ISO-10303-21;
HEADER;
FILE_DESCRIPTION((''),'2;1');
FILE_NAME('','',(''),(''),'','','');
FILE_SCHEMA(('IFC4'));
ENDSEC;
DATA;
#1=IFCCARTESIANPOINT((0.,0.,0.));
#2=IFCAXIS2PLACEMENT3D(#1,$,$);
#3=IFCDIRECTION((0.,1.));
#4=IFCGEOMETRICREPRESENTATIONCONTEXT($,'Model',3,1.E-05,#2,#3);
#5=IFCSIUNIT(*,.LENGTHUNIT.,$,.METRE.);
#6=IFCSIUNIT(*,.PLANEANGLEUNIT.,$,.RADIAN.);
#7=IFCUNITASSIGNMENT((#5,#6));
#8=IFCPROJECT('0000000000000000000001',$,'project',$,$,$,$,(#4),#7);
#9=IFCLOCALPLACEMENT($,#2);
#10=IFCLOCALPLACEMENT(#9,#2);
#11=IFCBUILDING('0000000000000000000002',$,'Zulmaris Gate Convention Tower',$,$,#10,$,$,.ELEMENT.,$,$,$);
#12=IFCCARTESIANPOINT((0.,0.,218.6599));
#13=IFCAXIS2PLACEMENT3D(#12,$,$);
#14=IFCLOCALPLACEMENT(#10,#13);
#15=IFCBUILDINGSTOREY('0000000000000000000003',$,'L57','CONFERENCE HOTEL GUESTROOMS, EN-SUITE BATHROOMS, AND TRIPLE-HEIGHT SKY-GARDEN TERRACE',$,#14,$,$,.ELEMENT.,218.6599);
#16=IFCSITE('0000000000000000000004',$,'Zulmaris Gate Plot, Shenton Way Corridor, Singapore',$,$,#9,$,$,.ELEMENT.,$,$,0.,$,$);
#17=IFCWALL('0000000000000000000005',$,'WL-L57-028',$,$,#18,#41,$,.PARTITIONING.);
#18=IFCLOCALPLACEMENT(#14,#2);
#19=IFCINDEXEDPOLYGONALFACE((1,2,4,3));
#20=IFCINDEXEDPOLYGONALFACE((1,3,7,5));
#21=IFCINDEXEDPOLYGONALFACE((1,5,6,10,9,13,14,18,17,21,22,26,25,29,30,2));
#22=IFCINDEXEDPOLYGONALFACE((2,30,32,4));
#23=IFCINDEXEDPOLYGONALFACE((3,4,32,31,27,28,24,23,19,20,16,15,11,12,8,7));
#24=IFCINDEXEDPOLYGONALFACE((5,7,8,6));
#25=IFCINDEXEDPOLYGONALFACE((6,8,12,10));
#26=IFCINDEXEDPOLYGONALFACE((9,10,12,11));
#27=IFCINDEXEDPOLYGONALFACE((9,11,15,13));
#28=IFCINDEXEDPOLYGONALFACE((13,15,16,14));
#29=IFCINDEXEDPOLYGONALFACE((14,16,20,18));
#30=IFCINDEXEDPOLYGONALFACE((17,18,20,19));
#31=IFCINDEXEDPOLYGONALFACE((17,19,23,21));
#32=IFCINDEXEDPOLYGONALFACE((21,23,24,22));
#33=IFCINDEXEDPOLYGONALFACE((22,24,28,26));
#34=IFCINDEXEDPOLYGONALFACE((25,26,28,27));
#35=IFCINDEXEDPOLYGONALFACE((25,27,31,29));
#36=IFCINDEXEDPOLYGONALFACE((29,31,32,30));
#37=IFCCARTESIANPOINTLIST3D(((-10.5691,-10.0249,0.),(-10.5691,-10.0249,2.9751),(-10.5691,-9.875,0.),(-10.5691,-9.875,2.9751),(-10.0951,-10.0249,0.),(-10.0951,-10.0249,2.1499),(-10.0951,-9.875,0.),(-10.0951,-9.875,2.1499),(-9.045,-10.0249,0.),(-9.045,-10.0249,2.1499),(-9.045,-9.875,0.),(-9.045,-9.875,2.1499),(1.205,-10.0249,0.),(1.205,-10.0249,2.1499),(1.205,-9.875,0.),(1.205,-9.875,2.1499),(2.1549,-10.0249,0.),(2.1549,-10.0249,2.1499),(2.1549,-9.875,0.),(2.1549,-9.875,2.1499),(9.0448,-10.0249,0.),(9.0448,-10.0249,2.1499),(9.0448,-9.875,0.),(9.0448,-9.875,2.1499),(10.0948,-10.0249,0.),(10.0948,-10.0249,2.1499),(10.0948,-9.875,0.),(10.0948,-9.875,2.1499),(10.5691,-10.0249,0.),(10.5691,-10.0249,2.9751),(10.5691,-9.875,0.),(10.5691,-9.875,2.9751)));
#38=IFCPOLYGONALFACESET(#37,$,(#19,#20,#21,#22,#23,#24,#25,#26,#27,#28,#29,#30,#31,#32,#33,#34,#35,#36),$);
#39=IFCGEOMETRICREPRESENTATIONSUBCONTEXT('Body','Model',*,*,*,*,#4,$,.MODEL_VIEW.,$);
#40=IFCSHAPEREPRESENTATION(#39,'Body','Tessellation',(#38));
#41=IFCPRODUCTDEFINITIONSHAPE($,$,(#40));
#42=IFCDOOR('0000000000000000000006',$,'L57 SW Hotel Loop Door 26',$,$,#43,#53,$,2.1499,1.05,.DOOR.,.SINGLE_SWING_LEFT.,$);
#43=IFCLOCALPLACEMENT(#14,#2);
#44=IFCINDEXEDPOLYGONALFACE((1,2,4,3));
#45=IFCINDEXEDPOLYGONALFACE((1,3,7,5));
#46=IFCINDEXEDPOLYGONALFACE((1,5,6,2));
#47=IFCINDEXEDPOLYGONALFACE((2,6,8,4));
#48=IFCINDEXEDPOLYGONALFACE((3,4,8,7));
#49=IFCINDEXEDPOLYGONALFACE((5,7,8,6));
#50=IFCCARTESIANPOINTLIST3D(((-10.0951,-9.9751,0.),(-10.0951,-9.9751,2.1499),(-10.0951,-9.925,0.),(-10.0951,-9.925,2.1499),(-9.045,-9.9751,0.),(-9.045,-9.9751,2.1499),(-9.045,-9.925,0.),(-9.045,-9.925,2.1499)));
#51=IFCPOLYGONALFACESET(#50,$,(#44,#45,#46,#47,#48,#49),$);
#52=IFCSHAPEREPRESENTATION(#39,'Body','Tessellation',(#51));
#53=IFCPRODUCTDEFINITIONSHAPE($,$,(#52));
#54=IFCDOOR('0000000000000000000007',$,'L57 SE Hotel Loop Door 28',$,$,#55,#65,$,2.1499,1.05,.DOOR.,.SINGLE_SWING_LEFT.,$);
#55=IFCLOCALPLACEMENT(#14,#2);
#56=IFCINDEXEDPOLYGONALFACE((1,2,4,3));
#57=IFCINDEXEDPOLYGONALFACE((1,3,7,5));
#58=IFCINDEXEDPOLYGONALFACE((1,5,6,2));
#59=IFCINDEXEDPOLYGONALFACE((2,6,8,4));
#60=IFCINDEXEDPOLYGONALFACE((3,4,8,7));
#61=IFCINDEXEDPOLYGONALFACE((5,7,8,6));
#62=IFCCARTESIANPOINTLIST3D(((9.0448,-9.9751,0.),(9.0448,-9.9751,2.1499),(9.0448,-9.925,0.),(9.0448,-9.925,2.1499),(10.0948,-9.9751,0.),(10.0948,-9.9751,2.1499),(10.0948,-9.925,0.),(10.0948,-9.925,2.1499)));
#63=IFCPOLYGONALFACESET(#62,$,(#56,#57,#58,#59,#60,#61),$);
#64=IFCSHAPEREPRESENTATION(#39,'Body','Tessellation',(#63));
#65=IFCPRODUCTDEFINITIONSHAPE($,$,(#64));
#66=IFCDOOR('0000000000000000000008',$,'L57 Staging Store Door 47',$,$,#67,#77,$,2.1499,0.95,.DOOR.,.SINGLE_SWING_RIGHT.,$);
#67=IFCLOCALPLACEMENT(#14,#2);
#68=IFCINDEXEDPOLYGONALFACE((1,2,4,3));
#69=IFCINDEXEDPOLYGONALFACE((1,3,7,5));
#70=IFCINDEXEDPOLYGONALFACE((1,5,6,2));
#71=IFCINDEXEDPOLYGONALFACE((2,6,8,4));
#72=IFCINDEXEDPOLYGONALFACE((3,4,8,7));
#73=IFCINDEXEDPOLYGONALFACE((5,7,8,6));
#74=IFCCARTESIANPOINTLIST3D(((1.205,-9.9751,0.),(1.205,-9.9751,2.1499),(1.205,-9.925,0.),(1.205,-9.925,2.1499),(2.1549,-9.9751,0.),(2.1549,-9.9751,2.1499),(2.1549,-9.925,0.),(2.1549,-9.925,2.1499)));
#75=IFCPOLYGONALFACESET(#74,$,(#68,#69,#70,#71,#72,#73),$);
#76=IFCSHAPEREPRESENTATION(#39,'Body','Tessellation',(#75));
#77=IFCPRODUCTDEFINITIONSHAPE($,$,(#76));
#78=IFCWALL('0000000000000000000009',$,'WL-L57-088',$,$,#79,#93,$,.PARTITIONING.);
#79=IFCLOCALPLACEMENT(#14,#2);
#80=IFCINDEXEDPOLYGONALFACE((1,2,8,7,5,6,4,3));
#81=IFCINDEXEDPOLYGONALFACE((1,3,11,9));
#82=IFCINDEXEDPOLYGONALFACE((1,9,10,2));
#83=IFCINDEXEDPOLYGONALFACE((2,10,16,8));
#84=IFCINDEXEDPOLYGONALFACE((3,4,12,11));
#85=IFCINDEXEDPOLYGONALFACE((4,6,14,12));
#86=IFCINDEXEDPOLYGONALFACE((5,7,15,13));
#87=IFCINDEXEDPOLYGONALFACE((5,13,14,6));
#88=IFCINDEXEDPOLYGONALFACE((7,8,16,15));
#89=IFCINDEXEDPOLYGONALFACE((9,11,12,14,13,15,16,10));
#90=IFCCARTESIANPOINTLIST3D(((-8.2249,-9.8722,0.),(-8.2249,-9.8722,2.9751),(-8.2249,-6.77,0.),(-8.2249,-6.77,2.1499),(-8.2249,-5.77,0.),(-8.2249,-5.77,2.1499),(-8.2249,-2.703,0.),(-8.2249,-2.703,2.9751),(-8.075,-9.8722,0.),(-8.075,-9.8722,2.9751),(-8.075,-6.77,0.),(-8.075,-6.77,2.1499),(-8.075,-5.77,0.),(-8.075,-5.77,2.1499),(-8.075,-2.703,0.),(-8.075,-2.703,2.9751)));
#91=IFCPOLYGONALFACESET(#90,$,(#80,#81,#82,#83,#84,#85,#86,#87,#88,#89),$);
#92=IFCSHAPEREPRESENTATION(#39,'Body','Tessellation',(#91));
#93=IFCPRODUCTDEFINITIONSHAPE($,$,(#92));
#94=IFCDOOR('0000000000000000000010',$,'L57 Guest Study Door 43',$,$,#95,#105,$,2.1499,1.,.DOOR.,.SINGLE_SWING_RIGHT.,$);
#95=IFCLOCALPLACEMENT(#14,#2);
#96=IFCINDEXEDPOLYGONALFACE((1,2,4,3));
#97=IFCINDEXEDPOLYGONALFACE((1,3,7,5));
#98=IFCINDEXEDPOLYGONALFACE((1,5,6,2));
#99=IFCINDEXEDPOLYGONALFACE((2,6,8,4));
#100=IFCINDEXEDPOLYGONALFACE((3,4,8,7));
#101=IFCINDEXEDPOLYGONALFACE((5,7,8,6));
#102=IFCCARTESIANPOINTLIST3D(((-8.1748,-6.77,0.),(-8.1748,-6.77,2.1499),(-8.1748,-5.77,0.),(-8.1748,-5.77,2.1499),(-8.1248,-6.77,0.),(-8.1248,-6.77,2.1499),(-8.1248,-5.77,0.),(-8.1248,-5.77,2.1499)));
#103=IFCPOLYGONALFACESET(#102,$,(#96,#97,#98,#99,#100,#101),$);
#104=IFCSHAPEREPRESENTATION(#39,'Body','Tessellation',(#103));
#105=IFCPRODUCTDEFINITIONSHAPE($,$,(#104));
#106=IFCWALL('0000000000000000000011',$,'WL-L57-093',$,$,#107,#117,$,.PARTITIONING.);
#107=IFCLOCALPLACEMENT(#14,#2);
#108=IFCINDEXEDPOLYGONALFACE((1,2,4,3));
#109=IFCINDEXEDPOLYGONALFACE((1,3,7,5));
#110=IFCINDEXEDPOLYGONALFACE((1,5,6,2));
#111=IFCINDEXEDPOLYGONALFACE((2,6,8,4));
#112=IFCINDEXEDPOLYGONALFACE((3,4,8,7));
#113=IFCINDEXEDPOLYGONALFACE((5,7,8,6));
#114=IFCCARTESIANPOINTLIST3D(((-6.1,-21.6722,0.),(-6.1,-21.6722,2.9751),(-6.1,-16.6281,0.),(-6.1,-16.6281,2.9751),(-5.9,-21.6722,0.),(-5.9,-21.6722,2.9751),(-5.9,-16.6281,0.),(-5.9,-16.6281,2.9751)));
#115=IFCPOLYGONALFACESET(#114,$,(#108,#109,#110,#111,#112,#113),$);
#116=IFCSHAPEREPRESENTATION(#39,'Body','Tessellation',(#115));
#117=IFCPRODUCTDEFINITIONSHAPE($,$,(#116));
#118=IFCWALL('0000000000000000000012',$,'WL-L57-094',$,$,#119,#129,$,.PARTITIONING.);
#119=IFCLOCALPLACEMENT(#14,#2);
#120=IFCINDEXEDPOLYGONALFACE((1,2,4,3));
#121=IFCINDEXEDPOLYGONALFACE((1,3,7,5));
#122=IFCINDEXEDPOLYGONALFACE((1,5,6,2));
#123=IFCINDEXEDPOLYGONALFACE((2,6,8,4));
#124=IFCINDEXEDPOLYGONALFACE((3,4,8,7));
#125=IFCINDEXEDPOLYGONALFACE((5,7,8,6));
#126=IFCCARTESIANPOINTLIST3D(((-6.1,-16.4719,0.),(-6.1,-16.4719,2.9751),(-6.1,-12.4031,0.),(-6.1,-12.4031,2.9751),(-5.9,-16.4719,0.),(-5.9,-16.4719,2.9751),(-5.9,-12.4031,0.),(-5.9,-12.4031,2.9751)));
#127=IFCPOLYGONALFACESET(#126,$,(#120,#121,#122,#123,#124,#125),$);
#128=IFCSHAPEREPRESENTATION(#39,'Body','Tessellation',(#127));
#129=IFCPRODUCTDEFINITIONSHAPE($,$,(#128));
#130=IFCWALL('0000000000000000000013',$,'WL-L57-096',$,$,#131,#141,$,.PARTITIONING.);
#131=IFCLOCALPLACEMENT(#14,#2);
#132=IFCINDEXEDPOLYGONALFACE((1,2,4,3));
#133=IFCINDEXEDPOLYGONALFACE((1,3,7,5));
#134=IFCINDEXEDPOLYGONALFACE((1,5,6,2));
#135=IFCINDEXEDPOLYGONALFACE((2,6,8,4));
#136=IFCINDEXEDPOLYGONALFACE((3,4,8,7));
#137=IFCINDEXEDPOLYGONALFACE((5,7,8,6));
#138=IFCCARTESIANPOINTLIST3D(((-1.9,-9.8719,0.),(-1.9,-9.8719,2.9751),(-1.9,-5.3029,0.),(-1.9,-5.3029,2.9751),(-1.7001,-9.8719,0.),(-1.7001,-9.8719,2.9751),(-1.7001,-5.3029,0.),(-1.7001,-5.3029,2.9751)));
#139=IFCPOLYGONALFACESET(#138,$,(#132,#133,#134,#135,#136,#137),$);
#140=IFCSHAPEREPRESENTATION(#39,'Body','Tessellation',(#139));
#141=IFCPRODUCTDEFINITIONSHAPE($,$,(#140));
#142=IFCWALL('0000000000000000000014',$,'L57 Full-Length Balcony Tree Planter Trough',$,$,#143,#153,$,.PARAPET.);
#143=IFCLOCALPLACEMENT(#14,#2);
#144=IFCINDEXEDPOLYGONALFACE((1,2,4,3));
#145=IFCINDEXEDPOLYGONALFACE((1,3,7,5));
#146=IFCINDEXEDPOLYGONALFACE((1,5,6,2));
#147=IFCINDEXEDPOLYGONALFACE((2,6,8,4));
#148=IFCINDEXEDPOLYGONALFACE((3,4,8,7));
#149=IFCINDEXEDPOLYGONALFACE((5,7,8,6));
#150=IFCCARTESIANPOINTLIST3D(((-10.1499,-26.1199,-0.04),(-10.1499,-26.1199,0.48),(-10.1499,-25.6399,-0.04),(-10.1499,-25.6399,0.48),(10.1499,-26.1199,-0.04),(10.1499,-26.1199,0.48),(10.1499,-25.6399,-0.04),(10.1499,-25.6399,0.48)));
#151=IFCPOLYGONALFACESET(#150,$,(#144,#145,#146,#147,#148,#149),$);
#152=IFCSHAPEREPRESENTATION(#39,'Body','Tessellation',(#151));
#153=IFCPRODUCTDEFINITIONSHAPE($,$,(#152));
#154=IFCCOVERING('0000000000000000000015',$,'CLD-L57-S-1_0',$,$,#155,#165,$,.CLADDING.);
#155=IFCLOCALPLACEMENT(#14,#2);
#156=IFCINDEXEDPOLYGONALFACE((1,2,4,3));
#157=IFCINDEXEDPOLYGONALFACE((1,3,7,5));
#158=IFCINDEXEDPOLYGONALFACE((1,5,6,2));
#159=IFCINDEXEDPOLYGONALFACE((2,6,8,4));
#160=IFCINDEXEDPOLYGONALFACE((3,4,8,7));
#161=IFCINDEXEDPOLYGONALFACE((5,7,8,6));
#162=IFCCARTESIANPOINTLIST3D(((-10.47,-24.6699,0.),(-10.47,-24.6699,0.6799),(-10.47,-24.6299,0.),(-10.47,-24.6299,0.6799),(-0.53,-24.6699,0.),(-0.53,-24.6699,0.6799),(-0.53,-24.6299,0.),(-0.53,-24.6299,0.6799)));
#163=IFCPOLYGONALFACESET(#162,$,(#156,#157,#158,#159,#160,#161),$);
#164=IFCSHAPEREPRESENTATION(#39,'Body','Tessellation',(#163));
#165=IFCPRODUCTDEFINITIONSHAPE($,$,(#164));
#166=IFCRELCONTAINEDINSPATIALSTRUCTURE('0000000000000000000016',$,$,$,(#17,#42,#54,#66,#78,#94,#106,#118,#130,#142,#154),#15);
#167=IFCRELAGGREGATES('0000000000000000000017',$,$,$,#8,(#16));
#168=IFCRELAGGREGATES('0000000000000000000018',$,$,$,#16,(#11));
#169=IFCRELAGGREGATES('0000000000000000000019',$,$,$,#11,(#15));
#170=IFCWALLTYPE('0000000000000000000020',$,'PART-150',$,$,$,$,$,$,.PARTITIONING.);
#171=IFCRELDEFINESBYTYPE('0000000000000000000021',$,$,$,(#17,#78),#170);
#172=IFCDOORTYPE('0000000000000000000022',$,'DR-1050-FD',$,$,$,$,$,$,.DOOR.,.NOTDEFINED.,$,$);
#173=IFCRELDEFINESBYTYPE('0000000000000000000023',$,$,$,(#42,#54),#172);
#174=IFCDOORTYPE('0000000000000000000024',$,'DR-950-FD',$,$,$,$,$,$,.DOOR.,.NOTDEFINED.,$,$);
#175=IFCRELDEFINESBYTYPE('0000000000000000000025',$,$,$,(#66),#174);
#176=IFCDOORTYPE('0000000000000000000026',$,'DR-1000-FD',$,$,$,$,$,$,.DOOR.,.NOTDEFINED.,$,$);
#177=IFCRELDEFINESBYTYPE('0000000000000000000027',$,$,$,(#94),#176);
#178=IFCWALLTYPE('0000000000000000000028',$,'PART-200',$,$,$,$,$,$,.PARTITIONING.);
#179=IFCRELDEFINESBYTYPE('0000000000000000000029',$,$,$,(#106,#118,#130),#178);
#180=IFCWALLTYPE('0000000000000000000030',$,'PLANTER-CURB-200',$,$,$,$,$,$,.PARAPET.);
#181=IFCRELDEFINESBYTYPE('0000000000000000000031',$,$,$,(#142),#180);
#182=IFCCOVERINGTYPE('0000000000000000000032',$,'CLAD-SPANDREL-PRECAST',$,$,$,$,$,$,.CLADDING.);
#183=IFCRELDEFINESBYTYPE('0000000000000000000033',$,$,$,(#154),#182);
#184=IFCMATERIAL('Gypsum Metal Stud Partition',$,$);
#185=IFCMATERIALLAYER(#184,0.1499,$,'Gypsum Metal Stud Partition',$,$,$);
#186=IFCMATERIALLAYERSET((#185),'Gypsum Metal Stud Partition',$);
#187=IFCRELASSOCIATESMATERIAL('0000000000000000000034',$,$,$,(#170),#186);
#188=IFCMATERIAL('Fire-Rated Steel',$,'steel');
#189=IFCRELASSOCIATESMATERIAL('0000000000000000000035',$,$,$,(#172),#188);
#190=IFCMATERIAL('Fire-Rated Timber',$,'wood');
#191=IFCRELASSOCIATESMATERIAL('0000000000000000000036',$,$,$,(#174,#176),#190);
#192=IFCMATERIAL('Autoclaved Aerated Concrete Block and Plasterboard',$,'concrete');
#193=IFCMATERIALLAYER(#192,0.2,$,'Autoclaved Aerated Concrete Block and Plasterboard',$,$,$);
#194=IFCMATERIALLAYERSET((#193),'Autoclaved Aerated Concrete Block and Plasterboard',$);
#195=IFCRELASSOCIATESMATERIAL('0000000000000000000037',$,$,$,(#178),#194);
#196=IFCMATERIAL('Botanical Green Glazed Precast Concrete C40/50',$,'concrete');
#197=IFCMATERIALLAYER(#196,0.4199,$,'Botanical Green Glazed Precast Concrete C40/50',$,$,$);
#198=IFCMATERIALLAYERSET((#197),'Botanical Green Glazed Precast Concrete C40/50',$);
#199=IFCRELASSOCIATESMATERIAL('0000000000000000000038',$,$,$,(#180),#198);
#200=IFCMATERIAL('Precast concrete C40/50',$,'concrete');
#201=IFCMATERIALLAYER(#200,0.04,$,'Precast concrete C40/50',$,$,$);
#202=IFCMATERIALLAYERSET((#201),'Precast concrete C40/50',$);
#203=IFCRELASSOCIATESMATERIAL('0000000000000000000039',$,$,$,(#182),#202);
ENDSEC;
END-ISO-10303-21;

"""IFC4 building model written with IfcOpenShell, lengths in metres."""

from ifc_helpers import new_model, si_unit, direction, frame, frame_2d, origin, place, context, subcontext, project, spatial, rectangle, extrude, material, layer, layer_set, type_object, element, fill, save


model = new_model("IFC4")

# Units and contexts
model_context = context("Model", 3, precision=1e-05, world=origin(), true_north=direction((0.0, 1.0)))
body_context = subcontext(model_context, "Body", "Model", "MODEL_VIEW")
ifc_project = project(units=[si_unit("LENGTHUNIT", "METRE"), si_unit("PLANEANGLEUNIT", "RADIAN")], contexts=[model_context])

# Site, building, storey
site_placement = place(None, origin())
site = spatial("IfcSite", under=ifc_project, at=site_placement, Name="Zulmaris Gate Plot, Shenton Way Corridor, Singapore", CompositionType="ELEMENT", RefElevation=0.0)
building_placement = place(site_placement, origin())
building = spatial("IfcBuilding", under=site, at=building_placement, Name="Zulmaris Gate Convention Tower", CompositionType="ELEMENT")
storey_placement = place(building_placement, frame((0.0, 0.0, 218.6599)))
storey = spatial("IfcBuildingStorey", under=building, at=storey_placement, Name="L57", Description="CONFERENCE HOTEL GUESTROOMS, EN-SUITE BATHROOMS, AND TRIPLE-HEIGHT SKY-GARDEN TERRACE", CompositionType="ELEMENT", Elevation=218.6599)

# Shared definitions
ifc_material_1 = material(Name="Gypsum Metal Stud Partition")
ifc_layer_1 = layer(ifc_material_1, 0.1499, Name="Gypsum Metal Stud Partition")
ifc_layer_set_1 = layer_set([ifc_layer_1], Name="Gypsum Metal Stud Partition")
wall_type_1 = type_object("IfcWallType", Name="PART-150", PredefinedType="PARTITIONING", material=ifc_layer_set_1)

# Shared definitions
ifc_material_2 = material(Name="Fire-Rated Steel", Category="steel")

# Wall, openings, doors
wall_1_placement = place(storey_placement, frame((-10.5691, -9.95, 0.0), z_axis=(0.0, 0.0, 1.0), x_axis=(1.0, 0.0, 0.0)))
wall_1 = element("IfcWall", 1, at=wall_1_placement, inside=storey, type_object=wall_type_1, Name="WL-L57-028", PredefinedType="PARTITIONING", context=body_context, shape_type="SweptSolid", body=[
    extrude(rectangle(XDim=21.1382, YDim=0.1499, at=frame_2d((10.5691, 0.0))), origin(), (0.0, 0.0, 1.0), 2.9751),
])
opening_1_placement = place(wall_1_placement, frame((0.4741, 0.0, 0.0)))
opening_1 = element("IfcOpeningElement", 2, at=opening_1_placement, cuts=wall_1, PredefinedType="OPENING", context=body_context, shape_type="SweptSolid", body=[
    extrude(rectangle(XDim=1.05, YDim=2.1499, at=frame_2d((0.5249, 1.075))), frame((0.0, 0.085, 0.0), z_axis=(0.0, -1.0, 0.0), x_axis=(1.0, 0.0, 0.0)), (0.0, 0.0, 1.0), 0.1699),
])
opening_2_placement = place(wall_1_placement, frame((19.614, 0.0, 0.0)))
opening_2 = element("IfcOpeningElement", 3, at=opening_2_placement, cuts=wall_1, PredefinedType="OPENING", context=body_context, shape_type="SweptSolid", body=[
    extrude(rectangle(XDim=1.05, YDim=2.1499, at=frame_2d((0.5249, 1.075))), frame((0.0, 0.085, 0.0), z_axis=(0.0, -1.0, 0.0), x_axis=(1.0, 0.0, 0.0)), (0.0, 0.0, 1.0), 0.1699),
])
opening_3_placement = place(wall_1_placement, frame((11.7739, 0.0, 0.0)))
opening_3 = element("IfcOpeningElement", 4, at=opening_3_placement, cuts=wall_1, PredefinedType="OPENING", context=body_context, shape_type="SweptSolid", body=[
    extrude(rectangle(XDim=0.95, YDim=2.1499, at=frame_2d((0.4751, 1.075))), frame((0.0, 0.085, 0.0), z_axis=(0.0, -1.0, 0.0), x_axis=(1.0, 0.0, 0.0)), (0.0, 0.0, 1.0), 0.1699),
])
door_type_1 = type_object("IfcDoorType", Name="DR-1050-FD", OperationType="NOTDEFINED", PredefinedType="DOOR", material=ifc_material_2)
door_1_placement = place(opening_1_placement, origin())
door_1 = element("IfcDoor", 5, at=door_1_placement, inside=storey, type_object=door_type_1, Name="L57 SW Hotel Loop Door 26", OperationType="SINGLE_SWING_LEFT", OverallHeight=2.1499, OverallWidth=1.05, PredefinedType="DOOR", context=body_context, shape_type="SweptSolid", body=[
    extrude(rectangle(XDim=1.05, YDim=2.1499, at=frame_2d((0.5249, 1.075))), frame((0.0, 0.0249, 0.0), z_axis=(0.0, -1.0, 0.0), x_axis=(1.0, 0.0, 0.0)), (0.0, 0.0, 1.0), 0.05),
])
fill(opening_1, door_1)
door_2_placement = place(opening_2_placement, origin())
door_2 = element("IfcDoor", 6, at=door_2_placement, inside=storey, type_object=door_type_1, Name="L57 SE Hotel Loop Door 28", OperationType="SINGLE_SWING_LEFT", OverallHeight=2.1499, OverallWidth=1.05, PredefinedType="DOOR", context=body_context, shape_type="SweptSolid", body=[
    extrude(rectangle(XDim=1.05, YDim=2.1499, at=frame_2d((0.5249, 1.075))), frame((0.0, 0.0249, 0.0), z_axis=(0.0, -1.0, 0.0), x_axis=(1.0, 0.0, 0.0)), (0.0, 0.0, 1.0), 0.05),
])
fill(opening_2, door_2)
ifc_material_3 = material(Name="Fire-Rated Timber", Category="wood")
door_type_2 = type_object("IfcDoorType", Name="DR-950-FD", OperationType="NOTDEFINED", PredefinedType="DOOR", material=ifc_material_3)
door_3_placement = place(opening_3_placement, origin())
door_3 = element("IfcDoor", 7, at=door_3_placement, inside=storey, type_object=door_type_2, Name="L57 Staging Store Door 47", OperationType="SINGLE_SWING_RIGHT", OverallHeight=2.1499, OverallWidth=0.95, PredefinedType="DOOR", context=body_context, shape_type="SweptSolid", body=[
    extrude(rectangle(XDim=0.95, YDim=2.1499, at=frame_2d((0.4751, 1.075))), frame((0.0, 0.0249, 0.0), z_axis=(0.0, -1.0, 0.0), x_axis=(1.0, 0.0, 0.0)), (0.0, 0.0, 1.0), 0.05),
])
fill(opening_3, door_3)

# Wall, opening, door
wall_2_placement = place(storey_placement, frame((-8.1499, -9.8721, 0.0), z_axis=(0.0, 0.0, 1.0), x_axis=(0.0, 1.0, 0.0)))
wall_2 = element("IfcWall", 8, at=wall_2_placement, inside=storey, type_object=wall_type_1, Name="WL-L57-088", PredefinedType="PARTITIONING", context=body_context, shape_type="SweptSolid", body=[
    extrude(rectangle(XDim=7.1692, YDim=0.1499, at=frame_2d((3.5845, 0.0))), origin(), (0.0, 0.0, 1.0), 2.9751),
])
opening_4_placement = place(wall_2_placement, frame((3.1021, 0.0, 0.0)))
opening_4 = element("IfcOpeningElement", 9, at=opening_4_placement, cuts=wall_2, PredefinedType="OPENING", context=body_context, shape_type="SweptSolid", body=[
    extrude(rectangle(XDim=1.0, YDim=2.1499, at=frame_2d((0.5, 1.075))), frame((0.0, 0.085, 0.0), z_axis=(0.0, -1.0, 0.0), x_axis=(1.0, 0.0, 0.0)), (0.0, 0.0, 1.0), 0.1699),
])
door_type_3 = type_object("IfcDoorType", Name="DR-1000-FD", OperationType="NOTDEFINED", PredefinedType="DOOR", material=ifc_material_3)
door_4_placement = place(opening_4_placement, origin())
door_4 = element("IfcDoor", 10, at=door_4_placement, inside=storey, type_object=door_type_3, Name="L57 Guest Study Door 43", OperationType="SINGLE_SWING_RIGHT", OverallHeight=2.1499, OverallWidth=1.0, PredefinedType="DOOR", context=body_context, shape_type="SweptSolid", body=[
    extrude(rectangle(XDim=1.0, YDim=2.1499, at=frame_2d((0.5, 1.075))), frame((0.0, 0.0249, 0.0), z_axis=(0.0, -1.0, 0.0), x_axis=(1.0, 0.0, 0.0)), (0.0, 0.0, 1.0), 0.05),
])
fill(opening_4, door_4)
ifc_material_4 = material(Name="Autoclaved Aerated Concrete Block and Plasterboard", Category="concrete")
ifc_layer_2 = layer(ifc_material_4, 0.2, Name="Autoclaved Aerated Concrete Block and Plasterboard")
ifc_layer_set_2 = layer_set([ifc_layer_2], Name="Autoclaved Aerated Concrete Block and Plasterboard")
wall_type_2 = type_object("IfcWallType", Name="PART-200", PredefinedType="PARTITIONING", material=ifc_layer_set_2)

# Walls
wall_3_placement = place(storey_placement, frame((-6.0, -21.6721, 0.0), z_axis=(0.0, 0.0, 1.0), x_axis=(0.0, 1.0, 0.0)))
element("IfcWall", 11, at=wall_3_placement, inside=storey, type_object=wall_type_2, Name="WL-L57-093", PredefinedType="PARTITIONING", context=body_context, shape_type="SweptSolid", body=[
    extrude(rectangle(XDim=5.0442, YDim=0.2, at=frame_2d((2.522, 0.0))), origin(), (0.0, 0.0, 1.0), 2.9751),
])
wall_4_placement = place(storey_placement, frame((-6.0, -16.4719, 0.0), z_axis=(0.0, 0.0, 1.0), x_axis=(0.0, 1.0, 0.0)))
element("IfcWall", 12, at=wall_4_placement, inside=storey, type_object=wall_type_2, Name="WL-L57-094", PredefinedType="PARTITIONING", context=body_context, shape_type="SweptSolid", body=[
    extrude(rectangle(XDim=4.0688, YDim=0.2, at=frame_2d((2.0344, 0.0))), origin(), (0.0, 0.0, 1.0), 2.9751),
])
wall_5_placement = place(storey_placement, frame((-1.8, -9.8721, 0.0), z_axis=(0.0, 0.0, 1.0), x_axis=(0.0, 1.0, 0.0)))
element("IfcWall", 13, at=wall_5_placement, inside=storey, type_object=wall_type_2, Name="WL-L57-096", PredefinedType="PARTITIONING", context=body_context, shape_type="SweptSolid", body=[
    extrude(rectangle(XDim=4.5691, YDim=0.2, at=frame_2d((2.2847, 0.0))), origin(), (0.0, 0.0, 1.0), 2.9751),
])
ifc_material_5 = material(Name="Botanical Green Glazed Precast Concrete C40/50", Category="concrete")
ifc_layer_3 = layer(ifc_material_5, 0.4199, Name="Botanical Green Glazed Precast Concrete C40/50")
ifc_layer_set_3 = layer_set([ifc_layer_3], Name="Botanical Green Glazed Precast Concrete C40/50")
wall_type_3 = type_object("IfcWallType", Name="PLANTER-CURB-200", PredefinedType="PARAPET", material=ifc_layer_set_3)
wall_6_placement = place(storey_placement, frame((-10.1499, -25.8799, -0.04), z_axis=(0.0, 0.0, 1.0), x_axis=(1.0, 0.0, 0.0)))
element("IfcWall", 14, at=wall_6_placement, inside=storey, type_object=wall_type_3, Name="L57 Full-Length Balcony Tree Planter Trough", PredefinedType="PARAPET", context=body_context, shape_type="SweptSolid", body=[
    extrude(rectangle(XDim=20.2998, YDim=0.48, at=frame_2d((10.1499, 0.0))), origin(), (0.0, 0.0, 1.0), 0.52),
])

# Shared definitions
ifc_material_6 = material(Name="Precast concrete C40/50", Category="concrete")

# Covering
ifc_layer_4 = layer(ifc_material_6, 0.04, Name="Precast concrete C40/50")
ifc_layer_set_4 = layer_set([ifc_layer_4], Name="Precast concrete C40/50")
covering_type = type_object("IfcCoveringType", Name="CLAD-SPANDREL-PRECAST", PredefinedType="CLADDING", material=ifc_layer_set_4)
covering_placement = place(storey_placement, frame((-10.47, -24.6499, 0.0), z_axis=(0.0, 0.0, 1.0), x_axis=(1.0, 0.0, 0.0)))
element("IfcCovering", 15, at=covering_placement, inside=storey, type_object=covering_type, Name="CLD-L57-S-1_0", PredefinedType="CLADDING", context=body_context, shape_type="SweptSolid", body=[
    extrude(rectangle(XDim=9.9399, YDim=0.04, at=frame_2d((4.97, 0.0))), origin(), (0.0, 0.0, 1.0), 0.6799),
])

save(model, "model.ifc")
